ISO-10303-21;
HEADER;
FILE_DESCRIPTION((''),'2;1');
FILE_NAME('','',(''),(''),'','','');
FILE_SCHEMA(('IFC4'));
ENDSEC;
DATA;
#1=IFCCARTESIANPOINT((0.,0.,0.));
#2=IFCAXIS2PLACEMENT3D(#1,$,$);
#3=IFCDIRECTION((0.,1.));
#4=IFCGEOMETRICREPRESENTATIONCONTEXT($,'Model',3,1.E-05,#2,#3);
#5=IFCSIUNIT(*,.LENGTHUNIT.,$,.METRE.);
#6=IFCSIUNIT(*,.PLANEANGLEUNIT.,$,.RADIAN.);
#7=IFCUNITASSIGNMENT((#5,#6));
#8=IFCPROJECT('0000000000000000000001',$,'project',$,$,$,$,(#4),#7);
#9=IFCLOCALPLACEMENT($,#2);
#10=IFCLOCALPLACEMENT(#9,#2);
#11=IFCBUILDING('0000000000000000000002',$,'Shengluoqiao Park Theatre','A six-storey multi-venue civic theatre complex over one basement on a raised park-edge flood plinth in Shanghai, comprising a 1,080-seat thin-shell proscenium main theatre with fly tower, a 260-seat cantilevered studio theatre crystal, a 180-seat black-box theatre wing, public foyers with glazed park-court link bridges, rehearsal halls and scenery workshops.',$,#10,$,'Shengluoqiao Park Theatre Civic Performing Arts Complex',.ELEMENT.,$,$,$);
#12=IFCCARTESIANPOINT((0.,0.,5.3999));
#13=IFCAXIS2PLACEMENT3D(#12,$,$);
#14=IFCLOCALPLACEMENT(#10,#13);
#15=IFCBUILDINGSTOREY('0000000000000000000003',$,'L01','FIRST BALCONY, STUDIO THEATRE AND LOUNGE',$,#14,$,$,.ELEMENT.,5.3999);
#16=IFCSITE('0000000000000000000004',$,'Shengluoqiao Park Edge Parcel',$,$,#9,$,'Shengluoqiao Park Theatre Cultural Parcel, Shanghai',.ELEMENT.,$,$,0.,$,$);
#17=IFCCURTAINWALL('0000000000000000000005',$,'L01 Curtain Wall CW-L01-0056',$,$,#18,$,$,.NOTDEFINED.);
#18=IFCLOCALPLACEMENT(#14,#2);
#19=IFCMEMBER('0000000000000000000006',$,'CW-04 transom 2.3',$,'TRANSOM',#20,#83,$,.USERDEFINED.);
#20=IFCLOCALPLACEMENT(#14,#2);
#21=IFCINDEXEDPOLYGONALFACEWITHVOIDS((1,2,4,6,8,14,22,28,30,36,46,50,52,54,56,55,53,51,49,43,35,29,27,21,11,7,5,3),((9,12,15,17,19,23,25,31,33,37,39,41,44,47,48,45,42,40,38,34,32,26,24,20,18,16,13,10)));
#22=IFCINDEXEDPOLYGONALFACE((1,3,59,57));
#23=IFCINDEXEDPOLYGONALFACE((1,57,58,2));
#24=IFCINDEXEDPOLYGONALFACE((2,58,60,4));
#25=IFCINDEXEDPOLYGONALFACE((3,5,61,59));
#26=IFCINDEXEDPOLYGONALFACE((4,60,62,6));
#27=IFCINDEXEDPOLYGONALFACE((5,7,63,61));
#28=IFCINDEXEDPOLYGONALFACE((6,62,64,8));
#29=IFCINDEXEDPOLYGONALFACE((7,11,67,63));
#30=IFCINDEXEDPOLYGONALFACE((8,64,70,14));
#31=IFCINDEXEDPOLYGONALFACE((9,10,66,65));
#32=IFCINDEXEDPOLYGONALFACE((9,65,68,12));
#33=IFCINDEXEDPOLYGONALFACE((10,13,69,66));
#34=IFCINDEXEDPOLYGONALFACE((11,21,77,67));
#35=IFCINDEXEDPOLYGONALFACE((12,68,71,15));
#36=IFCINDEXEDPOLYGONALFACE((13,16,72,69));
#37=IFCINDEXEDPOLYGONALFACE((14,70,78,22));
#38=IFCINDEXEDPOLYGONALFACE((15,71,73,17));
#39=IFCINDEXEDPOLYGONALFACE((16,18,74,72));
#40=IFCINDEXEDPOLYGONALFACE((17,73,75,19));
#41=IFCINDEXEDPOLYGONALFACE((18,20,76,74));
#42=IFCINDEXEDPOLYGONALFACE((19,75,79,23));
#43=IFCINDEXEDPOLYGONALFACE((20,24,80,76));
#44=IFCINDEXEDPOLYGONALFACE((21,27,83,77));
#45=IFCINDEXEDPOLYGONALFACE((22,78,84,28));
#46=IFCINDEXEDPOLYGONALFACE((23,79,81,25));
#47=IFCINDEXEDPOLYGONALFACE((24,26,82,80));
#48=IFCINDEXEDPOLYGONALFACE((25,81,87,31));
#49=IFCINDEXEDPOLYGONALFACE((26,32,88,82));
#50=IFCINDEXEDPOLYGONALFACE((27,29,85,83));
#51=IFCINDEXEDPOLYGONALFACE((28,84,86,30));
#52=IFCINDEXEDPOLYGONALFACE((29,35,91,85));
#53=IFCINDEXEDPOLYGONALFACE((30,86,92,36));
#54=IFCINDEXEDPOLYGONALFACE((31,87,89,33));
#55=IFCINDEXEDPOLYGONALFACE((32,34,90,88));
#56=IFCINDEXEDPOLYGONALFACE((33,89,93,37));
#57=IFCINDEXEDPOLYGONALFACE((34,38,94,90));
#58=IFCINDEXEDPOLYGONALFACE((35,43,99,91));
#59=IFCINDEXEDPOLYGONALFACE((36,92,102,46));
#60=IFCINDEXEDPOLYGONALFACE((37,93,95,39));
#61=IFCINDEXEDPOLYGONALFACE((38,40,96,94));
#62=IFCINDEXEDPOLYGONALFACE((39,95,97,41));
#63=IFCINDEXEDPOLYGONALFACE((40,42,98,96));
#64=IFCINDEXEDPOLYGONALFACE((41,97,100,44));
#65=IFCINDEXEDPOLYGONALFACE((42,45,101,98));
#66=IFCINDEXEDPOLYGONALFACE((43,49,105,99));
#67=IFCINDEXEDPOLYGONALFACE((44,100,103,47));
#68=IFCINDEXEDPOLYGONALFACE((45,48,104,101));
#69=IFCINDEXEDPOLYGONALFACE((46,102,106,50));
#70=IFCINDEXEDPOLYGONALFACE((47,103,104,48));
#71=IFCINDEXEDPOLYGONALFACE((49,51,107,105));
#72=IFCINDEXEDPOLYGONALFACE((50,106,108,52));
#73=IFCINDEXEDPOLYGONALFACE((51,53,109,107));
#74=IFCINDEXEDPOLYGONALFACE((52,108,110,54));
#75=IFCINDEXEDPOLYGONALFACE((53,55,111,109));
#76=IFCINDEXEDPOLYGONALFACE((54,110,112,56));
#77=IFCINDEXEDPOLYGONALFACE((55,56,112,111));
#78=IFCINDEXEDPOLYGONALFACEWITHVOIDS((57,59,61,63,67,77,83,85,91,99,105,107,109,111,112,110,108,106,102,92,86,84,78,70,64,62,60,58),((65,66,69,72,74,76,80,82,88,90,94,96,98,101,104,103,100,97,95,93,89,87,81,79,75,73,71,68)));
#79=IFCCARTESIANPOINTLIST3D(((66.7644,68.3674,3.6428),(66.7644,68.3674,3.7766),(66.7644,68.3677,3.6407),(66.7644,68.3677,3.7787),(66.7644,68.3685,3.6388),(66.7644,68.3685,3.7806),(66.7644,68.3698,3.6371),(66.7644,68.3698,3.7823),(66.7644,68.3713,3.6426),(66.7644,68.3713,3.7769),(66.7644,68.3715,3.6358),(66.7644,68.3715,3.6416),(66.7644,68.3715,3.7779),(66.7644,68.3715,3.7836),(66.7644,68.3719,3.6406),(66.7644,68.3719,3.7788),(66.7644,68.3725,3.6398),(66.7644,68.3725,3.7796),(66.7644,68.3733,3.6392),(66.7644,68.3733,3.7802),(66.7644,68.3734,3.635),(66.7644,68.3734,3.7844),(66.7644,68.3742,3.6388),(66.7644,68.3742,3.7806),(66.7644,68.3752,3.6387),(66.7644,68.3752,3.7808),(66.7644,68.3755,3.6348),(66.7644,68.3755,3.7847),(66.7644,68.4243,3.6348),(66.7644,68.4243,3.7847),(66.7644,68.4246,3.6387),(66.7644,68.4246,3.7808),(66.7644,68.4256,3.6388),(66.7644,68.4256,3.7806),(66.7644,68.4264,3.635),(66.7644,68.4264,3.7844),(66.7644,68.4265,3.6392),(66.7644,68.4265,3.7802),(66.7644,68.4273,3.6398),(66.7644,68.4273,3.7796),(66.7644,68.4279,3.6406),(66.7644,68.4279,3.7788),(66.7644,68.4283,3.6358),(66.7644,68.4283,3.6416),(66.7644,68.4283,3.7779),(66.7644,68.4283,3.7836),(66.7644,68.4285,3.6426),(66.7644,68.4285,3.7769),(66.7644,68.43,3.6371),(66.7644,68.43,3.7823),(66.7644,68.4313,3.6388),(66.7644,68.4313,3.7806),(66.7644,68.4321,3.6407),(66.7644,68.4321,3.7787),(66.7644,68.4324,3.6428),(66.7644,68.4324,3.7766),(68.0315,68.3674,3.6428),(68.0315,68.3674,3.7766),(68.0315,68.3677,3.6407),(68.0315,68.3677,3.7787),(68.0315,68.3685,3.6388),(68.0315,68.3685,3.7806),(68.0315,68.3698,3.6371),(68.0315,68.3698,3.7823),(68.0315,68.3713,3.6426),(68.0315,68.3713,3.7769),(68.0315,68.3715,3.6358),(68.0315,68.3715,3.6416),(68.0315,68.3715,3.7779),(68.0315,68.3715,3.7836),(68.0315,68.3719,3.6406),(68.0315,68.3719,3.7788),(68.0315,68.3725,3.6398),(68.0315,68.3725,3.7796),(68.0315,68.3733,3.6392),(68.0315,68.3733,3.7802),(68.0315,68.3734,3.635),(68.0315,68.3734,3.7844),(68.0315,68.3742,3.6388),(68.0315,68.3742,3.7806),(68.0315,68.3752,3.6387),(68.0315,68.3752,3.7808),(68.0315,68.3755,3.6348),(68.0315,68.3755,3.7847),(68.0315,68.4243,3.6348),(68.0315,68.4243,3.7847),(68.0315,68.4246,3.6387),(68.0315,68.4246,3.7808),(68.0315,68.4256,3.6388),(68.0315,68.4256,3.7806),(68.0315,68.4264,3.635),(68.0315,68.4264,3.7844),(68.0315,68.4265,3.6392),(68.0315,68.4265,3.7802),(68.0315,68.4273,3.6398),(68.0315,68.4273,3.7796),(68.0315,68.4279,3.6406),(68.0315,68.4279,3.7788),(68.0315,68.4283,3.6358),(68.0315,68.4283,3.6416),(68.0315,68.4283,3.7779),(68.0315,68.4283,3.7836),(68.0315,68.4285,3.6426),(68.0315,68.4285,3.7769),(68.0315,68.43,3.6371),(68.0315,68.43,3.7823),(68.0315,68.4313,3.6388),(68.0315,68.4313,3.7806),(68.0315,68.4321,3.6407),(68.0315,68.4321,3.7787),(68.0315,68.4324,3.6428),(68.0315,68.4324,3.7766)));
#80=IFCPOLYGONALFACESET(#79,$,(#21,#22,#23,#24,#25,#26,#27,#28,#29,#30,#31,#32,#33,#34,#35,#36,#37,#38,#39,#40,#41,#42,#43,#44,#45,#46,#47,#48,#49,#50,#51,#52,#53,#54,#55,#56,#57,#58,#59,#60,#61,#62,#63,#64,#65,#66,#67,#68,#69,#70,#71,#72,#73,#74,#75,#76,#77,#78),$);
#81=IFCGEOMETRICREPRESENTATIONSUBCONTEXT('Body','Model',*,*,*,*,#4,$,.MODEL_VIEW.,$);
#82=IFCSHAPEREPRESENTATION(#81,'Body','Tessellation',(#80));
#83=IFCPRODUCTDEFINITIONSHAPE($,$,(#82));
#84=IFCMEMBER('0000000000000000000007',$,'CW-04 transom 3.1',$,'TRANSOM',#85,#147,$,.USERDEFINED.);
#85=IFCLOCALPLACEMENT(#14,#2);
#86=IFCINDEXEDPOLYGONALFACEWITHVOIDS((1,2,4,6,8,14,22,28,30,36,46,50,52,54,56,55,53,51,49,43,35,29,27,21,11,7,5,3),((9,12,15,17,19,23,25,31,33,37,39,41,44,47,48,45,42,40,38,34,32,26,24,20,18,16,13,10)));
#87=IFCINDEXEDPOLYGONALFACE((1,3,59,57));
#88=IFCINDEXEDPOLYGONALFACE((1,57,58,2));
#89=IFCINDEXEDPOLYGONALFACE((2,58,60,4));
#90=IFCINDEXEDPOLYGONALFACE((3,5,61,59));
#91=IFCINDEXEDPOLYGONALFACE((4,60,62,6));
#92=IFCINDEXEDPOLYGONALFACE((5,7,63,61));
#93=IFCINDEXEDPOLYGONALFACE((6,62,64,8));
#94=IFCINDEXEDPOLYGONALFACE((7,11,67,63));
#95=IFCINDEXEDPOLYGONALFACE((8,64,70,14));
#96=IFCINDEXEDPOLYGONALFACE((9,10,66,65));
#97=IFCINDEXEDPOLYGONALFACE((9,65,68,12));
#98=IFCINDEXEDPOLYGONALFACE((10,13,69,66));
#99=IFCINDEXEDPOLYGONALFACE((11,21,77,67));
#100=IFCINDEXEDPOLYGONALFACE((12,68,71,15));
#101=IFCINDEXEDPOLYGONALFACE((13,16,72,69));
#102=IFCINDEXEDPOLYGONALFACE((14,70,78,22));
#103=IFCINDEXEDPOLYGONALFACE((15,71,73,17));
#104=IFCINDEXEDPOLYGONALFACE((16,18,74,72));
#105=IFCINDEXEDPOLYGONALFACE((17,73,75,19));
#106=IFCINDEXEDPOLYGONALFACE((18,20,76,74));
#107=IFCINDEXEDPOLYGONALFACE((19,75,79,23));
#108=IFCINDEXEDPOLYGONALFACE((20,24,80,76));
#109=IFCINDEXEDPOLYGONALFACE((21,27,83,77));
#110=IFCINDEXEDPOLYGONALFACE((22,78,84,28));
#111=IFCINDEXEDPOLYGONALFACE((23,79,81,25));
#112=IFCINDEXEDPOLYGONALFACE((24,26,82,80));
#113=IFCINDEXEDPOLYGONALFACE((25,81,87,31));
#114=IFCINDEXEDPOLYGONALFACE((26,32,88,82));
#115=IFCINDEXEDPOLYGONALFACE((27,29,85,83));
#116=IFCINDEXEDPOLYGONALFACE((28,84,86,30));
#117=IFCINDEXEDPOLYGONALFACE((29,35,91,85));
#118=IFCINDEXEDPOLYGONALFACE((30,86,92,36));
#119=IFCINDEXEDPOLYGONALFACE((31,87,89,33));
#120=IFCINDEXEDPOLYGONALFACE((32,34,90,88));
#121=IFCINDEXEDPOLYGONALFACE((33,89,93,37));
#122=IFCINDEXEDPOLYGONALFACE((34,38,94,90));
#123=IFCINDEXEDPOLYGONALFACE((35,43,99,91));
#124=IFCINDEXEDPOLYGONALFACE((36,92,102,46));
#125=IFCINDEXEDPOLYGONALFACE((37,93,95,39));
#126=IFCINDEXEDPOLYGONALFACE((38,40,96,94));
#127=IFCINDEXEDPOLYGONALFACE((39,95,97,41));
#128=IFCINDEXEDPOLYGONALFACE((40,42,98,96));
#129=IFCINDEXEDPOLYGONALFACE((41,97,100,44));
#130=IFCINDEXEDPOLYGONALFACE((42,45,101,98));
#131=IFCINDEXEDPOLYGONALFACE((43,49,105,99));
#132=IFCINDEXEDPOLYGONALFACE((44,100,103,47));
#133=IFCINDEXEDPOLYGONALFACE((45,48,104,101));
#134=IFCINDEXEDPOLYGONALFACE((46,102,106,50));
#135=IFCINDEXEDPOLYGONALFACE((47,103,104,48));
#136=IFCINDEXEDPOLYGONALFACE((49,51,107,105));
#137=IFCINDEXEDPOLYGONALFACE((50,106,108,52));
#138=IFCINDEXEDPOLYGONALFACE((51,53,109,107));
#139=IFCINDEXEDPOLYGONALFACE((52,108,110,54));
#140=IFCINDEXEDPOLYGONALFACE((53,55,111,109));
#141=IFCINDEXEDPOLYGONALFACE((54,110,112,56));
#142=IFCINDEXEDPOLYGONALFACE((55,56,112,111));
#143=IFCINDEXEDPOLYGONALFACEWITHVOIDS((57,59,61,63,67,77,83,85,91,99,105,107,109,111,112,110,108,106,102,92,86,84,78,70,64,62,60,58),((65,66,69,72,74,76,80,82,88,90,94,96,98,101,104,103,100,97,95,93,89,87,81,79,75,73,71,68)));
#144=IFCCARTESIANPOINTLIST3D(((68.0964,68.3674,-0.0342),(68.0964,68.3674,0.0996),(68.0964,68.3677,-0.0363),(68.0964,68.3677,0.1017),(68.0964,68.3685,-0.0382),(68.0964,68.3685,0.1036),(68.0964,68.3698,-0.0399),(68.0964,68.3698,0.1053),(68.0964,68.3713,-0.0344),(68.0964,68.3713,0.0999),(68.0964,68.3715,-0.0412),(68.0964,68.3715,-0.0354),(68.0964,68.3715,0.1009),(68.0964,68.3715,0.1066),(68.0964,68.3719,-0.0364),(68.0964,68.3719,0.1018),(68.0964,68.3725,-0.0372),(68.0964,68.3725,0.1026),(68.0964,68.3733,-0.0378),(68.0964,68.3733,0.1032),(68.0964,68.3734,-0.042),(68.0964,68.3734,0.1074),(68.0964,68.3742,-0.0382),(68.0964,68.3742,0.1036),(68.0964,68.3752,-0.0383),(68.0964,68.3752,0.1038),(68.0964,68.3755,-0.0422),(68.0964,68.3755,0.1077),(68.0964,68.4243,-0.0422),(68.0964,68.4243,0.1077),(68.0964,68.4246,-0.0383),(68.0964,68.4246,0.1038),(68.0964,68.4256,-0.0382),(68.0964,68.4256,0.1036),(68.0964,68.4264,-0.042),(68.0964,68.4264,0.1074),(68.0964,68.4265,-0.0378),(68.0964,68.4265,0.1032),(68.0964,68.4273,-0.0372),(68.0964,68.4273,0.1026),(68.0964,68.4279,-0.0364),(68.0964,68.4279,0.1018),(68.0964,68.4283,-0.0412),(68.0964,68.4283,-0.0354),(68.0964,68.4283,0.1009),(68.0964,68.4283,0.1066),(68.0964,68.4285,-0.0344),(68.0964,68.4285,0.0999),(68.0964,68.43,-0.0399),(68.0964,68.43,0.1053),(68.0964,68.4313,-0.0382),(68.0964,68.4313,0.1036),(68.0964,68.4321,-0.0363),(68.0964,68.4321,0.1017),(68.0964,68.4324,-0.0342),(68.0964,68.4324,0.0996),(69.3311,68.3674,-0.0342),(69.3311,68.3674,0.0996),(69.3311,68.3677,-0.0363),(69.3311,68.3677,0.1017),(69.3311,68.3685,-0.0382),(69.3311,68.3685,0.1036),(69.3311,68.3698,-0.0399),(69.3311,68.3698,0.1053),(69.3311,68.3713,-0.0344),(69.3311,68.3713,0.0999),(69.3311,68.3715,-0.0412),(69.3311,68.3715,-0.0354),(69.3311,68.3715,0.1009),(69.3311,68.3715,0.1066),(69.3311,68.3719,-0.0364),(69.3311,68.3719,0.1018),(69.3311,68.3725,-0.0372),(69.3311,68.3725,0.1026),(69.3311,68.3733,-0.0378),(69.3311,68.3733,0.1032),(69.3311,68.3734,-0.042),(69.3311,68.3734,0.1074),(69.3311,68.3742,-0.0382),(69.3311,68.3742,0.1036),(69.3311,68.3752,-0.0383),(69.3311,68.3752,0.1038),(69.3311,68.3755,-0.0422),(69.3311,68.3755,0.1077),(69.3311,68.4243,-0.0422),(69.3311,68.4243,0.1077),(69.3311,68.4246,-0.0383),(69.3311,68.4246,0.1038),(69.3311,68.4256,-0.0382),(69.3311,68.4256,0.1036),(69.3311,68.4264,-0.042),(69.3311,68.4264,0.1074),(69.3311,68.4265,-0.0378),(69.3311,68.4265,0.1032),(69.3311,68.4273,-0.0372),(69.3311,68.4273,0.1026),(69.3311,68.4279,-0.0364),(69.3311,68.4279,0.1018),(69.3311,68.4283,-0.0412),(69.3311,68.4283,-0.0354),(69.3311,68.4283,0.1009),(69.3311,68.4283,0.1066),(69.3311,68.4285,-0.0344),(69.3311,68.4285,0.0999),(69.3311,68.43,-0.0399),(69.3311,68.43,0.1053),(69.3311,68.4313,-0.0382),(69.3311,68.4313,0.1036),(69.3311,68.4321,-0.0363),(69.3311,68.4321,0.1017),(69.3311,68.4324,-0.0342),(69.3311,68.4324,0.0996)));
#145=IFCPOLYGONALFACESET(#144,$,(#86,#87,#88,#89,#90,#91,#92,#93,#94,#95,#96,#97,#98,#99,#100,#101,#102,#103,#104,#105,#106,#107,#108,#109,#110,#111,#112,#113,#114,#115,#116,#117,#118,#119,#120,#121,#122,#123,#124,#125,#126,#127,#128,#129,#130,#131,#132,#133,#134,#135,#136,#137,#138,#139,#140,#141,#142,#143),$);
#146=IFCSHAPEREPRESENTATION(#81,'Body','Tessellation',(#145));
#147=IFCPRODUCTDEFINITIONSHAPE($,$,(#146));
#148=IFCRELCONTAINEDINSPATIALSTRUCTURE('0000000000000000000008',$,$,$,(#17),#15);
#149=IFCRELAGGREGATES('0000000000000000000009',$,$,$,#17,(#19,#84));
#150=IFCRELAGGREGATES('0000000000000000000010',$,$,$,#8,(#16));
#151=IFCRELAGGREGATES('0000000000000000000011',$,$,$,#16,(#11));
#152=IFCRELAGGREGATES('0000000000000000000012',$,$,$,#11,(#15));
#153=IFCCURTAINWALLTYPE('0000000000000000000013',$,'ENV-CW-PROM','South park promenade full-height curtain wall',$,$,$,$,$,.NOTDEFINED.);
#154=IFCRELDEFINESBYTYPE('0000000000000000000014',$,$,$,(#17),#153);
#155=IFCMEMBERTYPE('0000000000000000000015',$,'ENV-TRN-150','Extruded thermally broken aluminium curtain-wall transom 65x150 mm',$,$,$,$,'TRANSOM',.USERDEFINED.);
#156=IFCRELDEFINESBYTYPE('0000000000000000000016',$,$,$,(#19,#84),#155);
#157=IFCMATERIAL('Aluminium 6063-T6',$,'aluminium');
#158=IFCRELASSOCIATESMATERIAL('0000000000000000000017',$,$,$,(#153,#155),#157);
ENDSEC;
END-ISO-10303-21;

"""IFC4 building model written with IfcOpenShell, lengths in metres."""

from ifc_helpers import new_model, si_unit, direction, frame, origin, origin_2d, place, context, subcontext, project, spatial, hollow_rectangle, extrude, material, material_profile, profile_set, type_object, element, aggregate, save


model = new_model("IFC4")

# Units and contexts
model_context = context("Model", 3, precision=1e-05, world=origin(), true_north=direction((0.0, 1.0)))
body_context = subcontext(model_context, "Body", "Model", "MODEL_VIEW")
ifc_project = project(units=[si_unit("LENGTHUNIT", "METRE"), si_unit("PLANEANGLEUNIT", "RADIAN")], contexts=[model_context])

# Site, building, storey
site_placement = place(None, origin())
site = spatial("IfcSite", under=ifc_project, at=site_placement, Name="Shengluoqiao Park Edge Parcel", LongName="Shengluoqiao Park Theatre Cultural Parcel, Shanghai", CompositionType="ELEMENT", RefElevation=0.0)
building_placement = place(site_placement, origin())
building = spatial("IfcBuilding", under=site, at=building_placement, Name="Shengluoqiao Park Theatre", Description="A six-storey multi-venue civic theatre complex over one basement on a raised park-edge flood plinth in Shanghai, comprising a 1,080-seat thin-shell proscenium main theatre with fly tower, a 260-seat cantilevered studio theatre crystal, a 180-seat black-box theatre wing, public foyers with glazed park-court link bridges, rehearsal halls and scenery workshops.", LongName="Shengluoqiao Park Theatre Civic Performing Arts Complex", CompositionType="ELEMENT")
storey_placement = place(building_placement, frame((0.0, 0.0, 5.3999)))
storey = spatial("IfcBuildingStorey", under=building, at=storey_placement, Name="L01", Description="FIRST BALCONY, STUDIO THEATRE AND LOUNGE", CompositionType="ELEMENT", Elevation=5.3999)

# Curtain wall
ifc_material_1 = material(Name="Aluminium 6063-T6", Category="aluminium")
curtain_wall_type = type_object("IfcCurtainWallType", Name="ENV-CW-PROM", Description="South park promenade full-height curtain wall", PredefinedType="NOTDEFINED", material=ifc_material_1)
curtain_wall_1_placement = place(storey_placement, origin())
curtain_wall_1 = element("IfcCurtainWall", 1, at=curtain_wall_1_placement, inside=storey, type_object=curtain_wall_type, Name="L01 Curtain Wall CW-L01-0056", PredefinedType="NOTDEFINED")

# Members
ifc_material_profile_1 = material_profile(ifc_material_1, hollow_rectangle(XDim=0.0649, YDim=0.1499, WallThickness=0.0039, InnerFilletRadius=0.0039, OuterFilletRadius=0.0081, at=origin_2d()), Name="ALU TRANSOM 150x65x4")
ifc_profile_set_1 = profile_set([ifc_material_profile_1], Name="Aluminium 6063-T6")
member_type_1 = type_object("IfcMemberType", Name="ENV-TRN-150", Description="Extruded thermally broken aluminium curtain-wall transom 65x150 mm", ElementType="TRANSOM", PredefinedType="USERDEFINED", material=ifc_profile_set_1)
member_1_placement = place(storey_placement, frame((66.7644, 68.3999, 3.7097), z_axis=(1.0, 0.0, 0.0), x_axis=(0.0, 1.0, 0.0)))
member_1 = element("IfcMember", 2, at=member_1_placement, type_object=member_type_1, Name="CW-04 transom 2.3", ObjectType="TRANSOM", PredefinedType="USERDEFINED", context=body_context, shape_type="SweptSolid", body=[
    extrude(hollow_rectangle(XDim=0.0649, YDim=0.1499, WallThickness=0.0039, InnerFilletRadius=0.0039, OuterFilletRadius=0.0081, at=origin_2d()), origin(), (0.0, 0.0, 1.0), 1.2671),
])
member_2_placement = place(storey_placement, frame((68.0964, 68.3999, 0.0327), z_axis=(1.0, 0.0, 0.0), x_axis=(0.0, 1.0, 0.0)))
member_2 = element("IfcMember", 3, at=member_2_placement, type_object=member_type_1, Name="CW-04 transom 3.1", ObjectType="TRANSOM", PredefinedType="USERDEFINED", context=body_context, shape_type="SweptSolid", body=[
    extrude(hollow_rectangle(XDim=0.0649, YDim=0.1499, WallThickness=0.0039, InnerFilletRadius=0.0039, OuterFilletRadius=0.0081, at=origin_2d()), origin(), (0.0, 0.0, 1.0), 1.2346),
])

aggregate(curtain_wall_1, [member_1, member_2])

save(model, "model.ifc")
